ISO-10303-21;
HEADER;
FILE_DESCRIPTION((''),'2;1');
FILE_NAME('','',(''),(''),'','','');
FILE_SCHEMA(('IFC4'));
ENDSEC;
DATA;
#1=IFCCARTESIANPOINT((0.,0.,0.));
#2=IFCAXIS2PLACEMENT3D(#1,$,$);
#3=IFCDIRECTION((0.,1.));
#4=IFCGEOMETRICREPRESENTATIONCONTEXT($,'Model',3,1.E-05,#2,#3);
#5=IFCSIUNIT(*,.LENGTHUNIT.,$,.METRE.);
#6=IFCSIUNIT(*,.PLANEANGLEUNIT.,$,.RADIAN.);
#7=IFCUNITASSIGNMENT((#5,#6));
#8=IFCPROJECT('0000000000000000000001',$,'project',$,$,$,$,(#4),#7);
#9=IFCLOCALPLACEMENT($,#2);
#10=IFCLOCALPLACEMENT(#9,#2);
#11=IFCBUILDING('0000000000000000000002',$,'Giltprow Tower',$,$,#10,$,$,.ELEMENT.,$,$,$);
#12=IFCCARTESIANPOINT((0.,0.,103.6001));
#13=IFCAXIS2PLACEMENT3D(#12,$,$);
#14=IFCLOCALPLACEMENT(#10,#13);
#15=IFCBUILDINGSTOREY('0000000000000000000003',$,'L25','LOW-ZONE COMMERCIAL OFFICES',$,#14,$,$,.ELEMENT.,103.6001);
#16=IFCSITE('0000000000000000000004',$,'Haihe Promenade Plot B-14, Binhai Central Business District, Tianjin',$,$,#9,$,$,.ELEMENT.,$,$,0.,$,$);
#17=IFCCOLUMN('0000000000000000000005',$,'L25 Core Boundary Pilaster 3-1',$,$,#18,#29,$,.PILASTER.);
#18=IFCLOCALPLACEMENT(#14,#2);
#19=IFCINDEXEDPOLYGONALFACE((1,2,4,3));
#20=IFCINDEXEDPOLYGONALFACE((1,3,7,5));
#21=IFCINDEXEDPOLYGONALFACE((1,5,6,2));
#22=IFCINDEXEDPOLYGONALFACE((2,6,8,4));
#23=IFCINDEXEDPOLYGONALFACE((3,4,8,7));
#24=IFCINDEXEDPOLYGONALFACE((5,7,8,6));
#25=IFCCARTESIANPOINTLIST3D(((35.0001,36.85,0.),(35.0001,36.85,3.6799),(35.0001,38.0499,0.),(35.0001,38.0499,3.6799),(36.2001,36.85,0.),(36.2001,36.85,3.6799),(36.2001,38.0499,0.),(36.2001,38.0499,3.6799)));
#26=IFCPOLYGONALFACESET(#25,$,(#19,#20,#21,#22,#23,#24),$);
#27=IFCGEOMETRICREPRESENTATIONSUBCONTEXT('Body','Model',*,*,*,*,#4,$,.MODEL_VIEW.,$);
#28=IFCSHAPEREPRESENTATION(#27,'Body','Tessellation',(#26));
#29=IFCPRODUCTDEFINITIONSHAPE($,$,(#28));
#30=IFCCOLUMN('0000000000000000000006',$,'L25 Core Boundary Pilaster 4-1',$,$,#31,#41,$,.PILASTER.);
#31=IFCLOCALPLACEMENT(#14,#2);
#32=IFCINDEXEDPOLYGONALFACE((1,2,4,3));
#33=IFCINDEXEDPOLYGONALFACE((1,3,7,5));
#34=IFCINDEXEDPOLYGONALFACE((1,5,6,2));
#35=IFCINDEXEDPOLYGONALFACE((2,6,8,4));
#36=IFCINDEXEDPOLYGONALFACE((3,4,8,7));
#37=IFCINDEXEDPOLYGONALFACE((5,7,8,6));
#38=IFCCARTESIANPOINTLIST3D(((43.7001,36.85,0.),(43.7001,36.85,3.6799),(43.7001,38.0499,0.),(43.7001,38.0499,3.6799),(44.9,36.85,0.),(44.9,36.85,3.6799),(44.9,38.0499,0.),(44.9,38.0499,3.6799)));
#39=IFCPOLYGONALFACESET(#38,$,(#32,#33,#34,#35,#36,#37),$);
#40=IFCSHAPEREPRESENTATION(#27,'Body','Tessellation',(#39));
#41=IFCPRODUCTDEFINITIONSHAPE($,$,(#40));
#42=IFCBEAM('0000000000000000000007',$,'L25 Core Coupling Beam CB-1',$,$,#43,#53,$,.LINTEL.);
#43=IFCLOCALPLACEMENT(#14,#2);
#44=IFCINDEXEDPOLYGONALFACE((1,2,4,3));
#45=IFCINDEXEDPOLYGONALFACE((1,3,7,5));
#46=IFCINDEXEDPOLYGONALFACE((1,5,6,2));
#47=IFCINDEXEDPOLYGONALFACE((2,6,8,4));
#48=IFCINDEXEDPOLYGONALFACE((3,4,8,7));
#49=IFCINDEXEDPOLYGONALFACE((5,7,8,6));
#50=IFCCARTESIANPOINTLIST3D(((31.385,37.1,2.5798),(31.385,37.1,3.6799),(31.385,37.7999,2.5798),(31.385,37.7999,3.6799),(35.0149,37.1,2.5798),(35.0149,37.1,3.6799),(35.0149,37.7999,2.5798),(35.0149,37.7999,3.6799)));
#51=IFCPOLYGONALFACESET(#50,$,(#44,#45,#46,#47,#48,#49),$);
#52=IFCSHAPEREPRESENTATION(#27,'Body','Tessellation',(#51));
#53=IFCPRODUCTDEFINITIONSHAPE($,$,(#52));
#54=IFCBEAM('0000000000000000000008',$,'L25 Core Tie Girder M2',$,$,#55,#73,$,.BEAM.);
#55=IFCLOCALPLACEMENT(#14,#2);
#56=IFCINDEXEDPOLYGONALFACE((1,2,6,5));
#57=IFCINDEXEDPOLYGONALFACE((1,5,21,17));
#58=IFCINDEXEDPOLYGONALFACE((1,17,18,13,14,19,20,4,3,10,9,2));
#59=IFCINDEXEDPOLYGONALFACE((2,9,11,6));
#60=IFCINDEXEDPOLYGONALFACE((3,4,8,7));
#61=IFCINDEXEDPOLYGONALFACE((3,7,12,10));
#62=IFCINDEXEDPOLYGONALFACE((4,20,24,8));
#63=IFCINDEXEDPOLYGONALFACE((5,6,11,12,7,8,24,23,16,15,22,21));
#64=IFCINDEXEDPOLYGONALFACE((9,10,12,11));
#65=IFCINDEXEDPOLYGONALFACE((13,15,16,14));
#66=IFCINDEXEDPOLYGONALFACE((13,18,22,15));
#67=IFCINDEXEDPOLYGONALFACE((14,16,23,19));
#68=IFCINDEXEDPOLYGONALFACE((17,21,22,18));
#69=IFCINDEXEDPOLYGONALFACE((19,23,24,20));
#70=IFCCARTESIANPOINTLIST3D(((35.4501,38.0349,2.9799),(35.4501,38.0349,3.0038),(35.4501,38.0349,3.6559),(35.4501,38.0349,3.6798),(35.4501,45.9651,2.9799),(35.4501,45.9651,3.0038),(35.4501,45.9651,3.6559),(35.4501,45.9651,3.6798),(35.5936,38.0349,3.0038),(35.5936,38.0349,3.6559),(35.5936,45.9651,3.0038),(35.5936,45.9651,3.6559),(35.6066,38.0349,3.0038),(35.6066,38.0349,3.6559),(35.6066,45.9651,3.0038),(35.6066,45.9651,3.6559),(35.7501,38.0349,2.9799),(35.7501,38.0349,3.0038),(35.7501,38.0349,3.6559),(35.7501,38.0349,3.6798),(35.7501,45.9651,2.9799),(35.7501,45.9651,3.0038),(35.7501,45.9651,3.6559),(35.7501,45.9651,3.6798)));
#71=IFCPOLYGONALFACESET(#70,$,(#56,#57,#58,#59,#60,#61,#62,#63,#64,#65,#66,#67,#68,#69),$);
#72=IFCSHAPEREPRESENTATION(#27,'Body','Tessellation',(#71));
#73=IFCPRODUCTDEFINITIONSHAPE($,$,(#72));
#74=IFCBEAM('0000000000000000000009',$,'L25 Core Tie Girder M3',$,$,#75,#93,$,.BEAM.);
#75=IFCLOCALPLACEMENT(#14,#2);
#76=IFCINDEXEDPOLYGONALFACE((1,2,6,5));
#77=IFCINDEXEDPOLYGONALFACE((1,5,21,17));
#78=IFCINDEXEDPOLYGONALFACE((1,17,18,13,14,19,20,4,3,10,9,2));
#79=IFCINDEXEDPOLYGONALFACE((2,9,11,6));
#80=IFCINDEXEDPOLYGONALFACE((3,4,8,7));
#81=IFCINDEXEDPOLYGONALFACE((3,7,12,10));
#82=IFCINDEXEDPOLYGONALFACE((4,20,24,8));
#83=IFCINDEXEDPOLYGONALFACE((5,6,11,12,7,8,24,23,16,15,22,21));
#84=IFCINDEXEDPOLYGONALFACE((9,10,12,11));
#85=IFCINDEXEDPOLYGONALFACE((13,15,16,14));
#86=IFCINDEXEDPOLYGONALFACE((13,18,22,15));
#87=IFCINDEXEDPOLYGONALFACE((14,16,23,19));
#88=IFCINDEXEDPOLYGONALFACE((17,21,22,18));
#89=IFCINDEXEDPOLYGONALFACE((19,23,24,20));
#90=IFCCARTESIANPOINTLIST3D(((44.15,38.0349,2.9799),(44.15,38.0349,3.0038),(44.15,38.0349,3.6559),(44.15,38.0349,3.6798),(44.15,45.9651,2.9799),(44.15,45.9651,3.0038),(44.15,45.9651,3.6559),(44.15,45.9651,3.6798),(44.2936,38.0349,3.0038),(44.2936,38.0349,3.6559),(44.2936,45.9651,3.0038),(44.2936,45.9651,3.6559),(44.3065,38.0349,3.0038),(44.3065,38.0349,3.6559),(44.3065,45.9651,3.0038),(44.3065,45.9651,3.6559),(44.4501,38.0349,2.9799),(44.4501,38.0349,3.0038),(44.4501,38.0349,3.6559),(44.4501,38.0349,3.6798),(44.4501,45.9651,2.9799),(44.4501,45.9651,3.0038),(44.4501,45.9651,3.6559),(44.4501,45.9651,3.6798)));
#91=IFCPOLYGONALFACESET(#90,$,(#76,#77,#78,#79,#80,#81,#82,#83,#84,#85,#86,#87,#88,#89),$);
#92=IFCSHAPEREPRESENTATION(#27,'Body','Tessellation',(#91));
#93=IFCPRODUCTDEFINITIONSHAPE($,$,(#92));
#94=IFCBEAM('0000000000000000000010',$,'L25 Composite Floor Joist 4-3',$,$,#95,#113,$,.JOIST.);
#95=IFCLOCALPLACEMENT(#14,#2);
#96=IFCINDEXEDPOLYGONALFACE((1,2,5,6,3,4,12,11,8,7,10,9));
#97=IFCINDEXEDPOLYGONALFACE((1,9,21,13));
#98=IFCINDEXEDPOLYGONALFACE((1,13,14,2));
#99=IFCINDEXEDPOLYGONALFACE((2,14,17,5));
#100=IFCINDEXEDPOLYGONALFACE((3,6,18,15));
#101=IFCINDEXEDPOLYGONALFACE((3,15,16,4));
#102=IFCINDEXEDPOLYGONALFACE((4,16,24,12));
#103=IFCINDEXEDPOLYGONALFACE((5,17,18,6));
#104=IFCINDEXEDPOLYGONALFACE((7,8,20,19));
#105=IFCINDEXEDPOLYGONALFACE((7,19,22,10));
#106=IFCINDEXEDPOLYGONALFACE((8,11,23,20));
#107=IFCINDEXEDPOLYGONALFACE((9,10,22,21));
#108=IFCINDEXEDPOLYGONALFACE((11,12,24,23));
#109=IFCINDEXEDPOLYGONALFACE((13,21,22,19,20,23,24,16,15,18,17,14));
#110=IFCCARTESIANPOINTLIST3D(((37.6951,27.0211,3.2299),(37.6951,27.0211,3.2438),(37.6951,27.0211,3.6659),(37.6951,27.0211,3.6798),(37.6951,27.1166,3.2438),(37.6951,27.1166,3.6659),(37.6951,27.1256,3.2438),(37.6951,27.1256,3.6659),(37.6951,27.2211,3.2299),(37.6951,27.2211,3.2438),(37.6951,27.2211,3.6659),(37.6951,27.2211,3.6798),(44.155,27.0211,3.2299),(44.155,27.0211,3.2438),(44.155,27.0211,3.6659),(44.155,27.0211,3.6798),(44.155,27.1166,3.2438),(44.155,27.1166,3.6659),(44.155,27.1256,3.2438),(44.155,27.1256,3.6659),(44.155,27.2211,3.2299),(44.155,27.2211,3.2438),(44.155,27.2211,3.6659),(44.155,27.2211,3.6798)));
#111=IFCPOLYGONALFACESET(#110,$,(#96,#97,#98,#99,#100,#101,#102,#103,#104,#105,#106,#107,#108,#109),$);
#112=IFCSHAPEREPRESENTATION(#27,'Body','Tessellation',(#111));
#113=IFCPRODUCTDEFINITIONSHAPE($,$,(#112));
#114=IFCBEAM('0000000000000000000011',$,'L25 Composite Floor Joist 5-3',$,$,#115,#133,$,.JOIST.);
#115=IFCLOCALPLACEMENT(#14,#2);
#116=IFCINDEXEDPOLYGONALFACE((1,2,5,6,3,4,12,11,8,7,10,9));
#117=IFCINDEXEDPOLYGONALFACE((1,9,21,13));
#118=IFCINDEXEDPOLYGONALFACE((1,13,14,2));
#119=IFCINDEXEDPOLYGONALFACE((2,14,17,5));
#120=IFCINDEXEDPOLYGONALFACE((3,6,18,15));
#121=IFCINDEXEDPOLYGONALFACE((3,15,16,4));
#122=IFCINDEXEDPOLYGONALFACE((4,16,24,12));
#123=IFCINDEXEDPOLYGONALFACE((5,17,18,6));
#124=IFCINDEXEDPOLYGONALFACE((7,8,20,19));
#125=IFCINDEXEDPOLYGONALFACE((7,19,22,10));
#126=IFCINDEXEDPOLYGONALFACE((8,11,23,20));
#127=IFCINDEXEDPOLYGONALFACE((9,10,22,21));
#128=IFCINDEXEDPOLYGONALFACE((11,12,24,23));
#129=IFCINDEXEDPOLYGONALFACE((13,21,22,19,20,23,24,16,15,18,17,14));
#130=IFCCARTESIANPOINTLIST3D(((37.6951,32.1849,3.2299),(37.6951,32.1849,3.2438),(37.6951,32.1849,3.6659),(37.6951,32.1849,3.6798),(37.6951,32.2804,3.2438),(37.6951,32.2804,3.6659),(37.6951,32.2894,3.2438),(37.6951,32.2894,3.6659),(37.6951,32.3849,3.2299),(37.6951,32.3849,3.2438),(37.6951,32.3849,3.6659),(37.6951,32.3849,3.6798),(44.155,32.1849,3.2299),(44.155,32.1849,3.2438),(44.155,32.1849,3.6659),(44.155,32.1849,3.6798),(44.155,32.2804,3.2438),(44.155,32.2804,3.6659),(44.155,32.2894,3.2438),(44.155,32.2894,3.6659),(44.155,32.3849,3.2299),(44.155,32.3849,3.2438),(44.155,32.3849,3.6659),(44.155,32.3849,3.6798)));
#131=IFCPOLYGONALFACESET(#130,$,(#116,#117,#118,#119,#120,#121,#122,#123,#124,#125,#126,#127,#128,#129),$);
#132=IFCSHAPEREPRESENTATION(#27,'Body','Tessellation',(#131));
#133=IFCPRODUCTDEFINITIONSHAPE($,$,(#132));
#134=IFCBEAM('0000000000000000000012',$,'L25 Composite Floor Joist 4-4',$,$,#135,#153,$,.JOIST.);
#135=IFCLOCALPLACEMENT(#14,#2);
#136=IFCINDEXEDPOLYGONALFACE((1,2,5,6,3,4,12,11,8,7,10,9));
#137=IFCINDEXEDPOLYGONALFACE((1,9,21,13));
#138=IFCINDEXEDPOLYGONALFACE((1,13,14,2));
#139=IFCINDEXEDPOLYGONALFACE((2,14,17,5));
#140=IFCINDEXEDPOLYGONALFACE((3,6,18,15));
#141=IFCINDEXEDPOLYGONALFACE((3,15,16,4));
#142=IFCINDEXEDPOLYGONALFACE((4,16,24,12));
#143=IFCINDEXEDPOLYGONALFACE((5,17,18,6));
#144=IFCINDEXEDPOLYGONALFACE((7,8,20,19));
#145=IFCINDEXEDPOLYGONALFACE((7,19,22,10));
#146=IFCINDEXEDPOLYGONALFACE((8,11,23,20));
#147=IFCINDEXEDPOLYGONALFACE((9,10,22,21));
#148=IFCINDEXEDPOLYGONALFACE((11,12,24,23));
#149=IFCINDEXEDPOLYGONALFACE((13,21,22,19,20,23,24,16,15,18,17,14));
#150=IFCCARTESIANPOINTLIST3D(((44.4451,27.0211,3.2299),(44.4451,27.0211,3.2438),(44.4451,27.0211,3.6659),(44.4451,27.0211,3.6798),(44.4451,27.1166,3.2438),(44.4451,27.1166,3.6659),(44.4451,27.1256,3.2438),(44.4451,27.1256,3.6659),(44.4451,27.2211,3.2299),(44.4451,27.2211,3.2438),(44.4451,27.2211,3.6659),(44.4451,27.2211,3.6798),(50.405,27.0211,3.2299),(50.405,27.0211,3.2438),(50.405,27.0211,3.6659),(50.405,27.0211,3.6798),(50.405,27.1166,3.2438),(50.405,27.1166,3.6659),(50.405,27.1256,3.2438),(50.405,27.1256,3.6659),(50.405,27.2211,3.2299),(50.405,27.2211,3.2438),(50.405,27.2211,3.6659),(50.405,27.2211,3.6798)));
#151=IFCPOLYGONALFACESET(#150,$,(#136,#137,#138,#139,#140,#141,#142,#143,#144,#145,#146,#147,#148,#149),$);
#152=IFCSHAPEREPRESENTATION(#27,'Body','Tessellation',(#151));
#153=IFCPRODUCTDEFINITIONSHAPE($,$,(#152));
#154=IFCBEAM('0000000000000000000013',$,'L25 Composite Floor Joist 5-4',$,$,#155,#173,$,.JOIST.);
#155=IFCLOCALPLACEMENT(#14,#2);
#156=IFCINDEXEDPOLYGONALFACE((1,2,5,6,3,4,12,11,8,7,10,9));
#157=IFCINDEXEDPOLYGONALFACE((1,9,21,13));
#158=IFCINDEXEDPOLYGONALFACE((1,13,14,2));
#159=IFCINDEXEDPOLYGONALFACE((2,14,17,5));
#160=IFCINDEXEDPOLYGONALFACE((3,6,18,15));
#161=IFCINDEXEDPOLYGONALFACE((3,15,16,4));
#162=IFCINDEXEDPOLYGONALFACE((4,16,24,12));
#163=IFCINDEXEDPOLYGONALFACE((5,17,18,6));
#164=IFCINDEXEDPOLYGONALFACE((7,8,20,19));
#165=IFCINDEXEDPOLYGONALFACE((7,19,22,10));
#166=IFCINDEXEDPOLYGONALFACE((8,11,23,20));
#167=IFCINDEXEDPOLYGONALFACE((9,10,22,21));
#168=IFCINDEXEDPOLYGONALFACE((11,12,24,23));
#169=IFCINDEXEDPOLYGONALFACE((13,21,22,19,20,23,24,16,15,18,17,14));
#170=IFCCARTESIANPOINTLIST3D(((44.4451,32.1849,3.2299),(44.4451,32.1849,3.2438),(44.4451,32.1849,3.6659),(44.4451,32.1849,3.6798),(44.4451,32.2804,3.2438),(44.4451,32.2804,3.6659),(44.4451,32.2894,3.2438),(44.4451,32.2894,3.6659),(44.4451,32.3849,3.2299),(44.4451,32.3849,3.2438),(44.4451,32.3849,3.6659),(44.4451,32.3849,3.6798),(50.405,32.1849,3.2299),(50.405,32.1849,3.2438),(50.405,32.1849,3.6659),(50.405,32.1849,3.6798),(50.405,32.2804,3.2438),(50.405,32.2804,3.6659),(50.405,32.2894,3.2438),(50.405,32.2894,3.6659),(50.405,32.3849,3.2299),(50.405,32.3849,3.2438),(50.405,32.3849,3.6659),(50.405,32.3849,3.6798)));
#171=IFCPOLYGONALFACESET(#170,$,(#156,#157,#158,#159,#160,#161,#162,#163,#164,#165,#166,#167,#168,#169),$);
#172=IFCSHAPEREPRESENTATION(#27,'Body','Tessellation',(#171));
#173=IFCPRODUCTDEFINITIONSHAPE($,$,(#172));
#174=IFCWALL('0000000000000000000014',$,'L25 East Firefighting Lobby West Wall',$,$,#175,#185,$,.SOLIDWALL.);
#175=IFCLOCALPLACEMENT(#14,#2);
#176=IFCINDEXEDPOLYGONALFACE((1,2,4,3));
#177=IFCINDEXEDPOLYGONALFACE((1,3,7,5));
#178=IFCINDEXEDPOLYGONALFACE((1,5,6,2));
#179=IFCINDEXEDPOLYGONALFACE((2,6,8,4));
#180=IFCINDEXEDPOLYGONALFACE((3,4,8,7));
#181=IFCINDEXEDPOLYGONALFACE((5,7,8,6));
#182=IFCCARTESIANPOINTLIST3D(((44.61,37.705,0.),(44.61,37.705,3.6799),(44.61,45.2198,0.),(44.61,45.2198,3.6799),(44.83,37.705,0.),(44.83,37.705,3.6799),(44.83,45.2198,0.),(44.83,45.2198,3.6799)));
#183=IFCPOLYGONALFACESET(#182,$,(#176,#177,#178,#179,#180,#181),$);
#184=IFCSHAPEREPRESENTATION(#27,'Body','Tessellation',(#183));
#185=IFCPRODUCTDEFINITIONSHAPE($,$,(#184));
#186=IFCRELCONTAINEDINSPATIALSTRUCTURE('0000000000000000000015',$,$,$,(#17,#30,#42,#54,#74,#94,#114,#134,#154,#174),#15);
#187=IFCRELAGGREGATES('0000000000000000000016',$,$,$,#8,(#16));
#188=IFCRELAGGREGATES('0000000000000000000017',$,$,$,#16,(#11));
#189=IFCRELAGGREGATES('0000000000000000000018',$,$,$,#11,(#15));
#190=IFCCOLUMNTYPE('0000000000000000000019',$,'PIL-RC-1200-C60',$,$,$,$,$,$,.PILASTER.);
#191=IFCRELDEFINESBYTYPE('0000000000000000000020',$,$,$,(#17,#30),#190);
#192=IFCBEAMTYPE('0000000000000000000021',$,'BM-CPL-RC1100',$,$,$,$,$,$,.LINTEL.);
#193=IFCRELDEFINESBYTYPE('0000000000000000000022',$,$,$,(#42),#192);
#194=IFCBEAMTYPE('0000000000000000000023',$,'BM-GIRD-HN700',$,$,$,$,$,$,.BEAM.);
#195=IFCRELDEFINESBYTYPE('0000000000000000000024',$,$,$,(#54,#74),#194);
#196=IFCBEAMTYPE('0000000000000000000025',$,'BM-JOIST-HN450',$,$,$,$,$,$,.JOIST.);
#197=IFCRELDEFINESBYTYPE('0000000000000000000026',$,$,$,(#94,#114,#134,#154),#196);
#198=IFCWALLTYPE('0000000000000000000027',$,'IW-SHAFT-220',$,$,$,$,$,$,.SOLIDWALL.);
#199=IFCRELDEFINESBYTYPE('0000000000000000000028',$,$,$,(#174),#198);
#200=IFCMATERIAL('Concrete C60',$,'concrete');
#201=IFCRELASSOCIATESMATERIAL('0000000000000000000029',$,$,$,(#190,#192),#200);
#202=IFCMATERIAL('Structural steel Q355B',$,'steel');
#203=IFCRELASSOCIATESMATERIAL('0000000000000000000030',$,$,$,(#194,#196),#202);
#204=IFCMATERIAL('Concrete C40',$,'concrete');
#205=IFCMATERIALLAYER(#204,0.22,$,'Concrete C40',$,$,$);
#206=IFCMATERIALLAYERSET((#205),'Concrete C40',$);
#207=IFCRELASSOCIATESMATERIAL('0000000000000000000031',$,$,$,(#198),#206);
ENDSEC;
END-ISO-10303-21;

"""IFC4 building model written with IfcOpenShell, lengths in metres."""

from ifc_helpers import new_model, si_unit, direction, frame, frame_2d, origin, origin_2d, place, context, subcontext, project, spatial, rectangle, i_section, extrude, source, transform, mapped, material, layer, layer_set, material_profile, profile_set, type_object, element, save


model = new_model("IFC4")

# Units and contexts
model_context = context("Model", 3, precision=1e-05, world=origin(), true_north=direction((0.0, 1.0)))
body_context = subcontext(model_context, "Body", "Model", "MODEL_VIEW")
ifc_project = project(units=[si_unit("LENGTHUNIT", "METRE"), si_unit("PLANEANGLEUNIT", "RADIAN")], contexts=[model_context])

# Site, building, storey
site_placement = place(None, origin())
site = spatial("IfcSite", under=ifc_project, at=site_placement, Name="Haihe Promenade Plot B-14, Binhai Central Business District, Tianjin", CompositionType="ELEMENT", RefElevation=0.0)
building_placement = place(site_placement, origin())
building = spatial("IfcBuilding", under=site, at=building_placement, Name="Giltprow Tower", CompositionType="ELEMENT")
storey_placement = place(building_placement, frame((0.0, 0.0, 103.6001)))
storey = spatial("IfcBuildingStorey", under=building, at=storey_placement, Name="L25", Description="LOW-ZONE COMMERCIAL OFFICES", CompositionType="ELEMENT", Elevation=103.6001)

# Columns
ifc_material_1 = material(Name="Concrete C60", Category="concrete")
ifc_material_profile_1 = material_profile(ifc_material_1, rectangle(XDim=1.2, YDim=1.2, at=origin_2d()), Name="RC 1200x1200")
ifc_profile_set_1 = profile_set([ifc_material_profile_1], Name="Concrete C60")
column_type = type_object("IfcColumnType", Name="PIL-RC-1200-C60", PredefinedType="PILASTER", material=ifc_profile_set_1)
shared_shape_1 = source(origin(), body_context, "Body", "SweptSolid", [
    extrude(rectangle(XDim=1.2, YDim=1.2, at=origin_2d()), origin(), (0.0, 0.0, 1.0), 3.6799),
])
for number, where, z_axis, x_axis, name in (
    (1, (35.6001, 37.45, 0.0), (0.0, 0.0, 1.0), (1.0, 0.0, 0.0), "L25 Core Boundary Pilaster 3-1"),
    (2, (44.3, 37.45, 0.0), (0.0, 0.0, 1.0), (1.0, 0.0, 0.0), "L25 Core Boundary Pilaster 4-1"),
):
    element("IfcColumn", number, at=place(storey_placement, frame(where, z_axis=z_axis, x_axis=x_axis)), inside=storey, type_object=column_type, Name=name, PredefinedType="PILASTER", context=body_context, shape_type="MappedRepresentation", body=[
        mapped(shared_shape_1, transform((0.0, 0.0, 0.0), x_axis=(1.0, 0.0, 0.0), y_axis=(0.0, 1.0, 0.0), z_axis=(0.0, 0.0, 1.0), scale=1.0)),
    ])

# Beams
ifc_material_profile_2 = material_profile(ifc_material_1, rectangle(XDim=0.7, YDim=1.1001, at=origin_2d()), Name="RC 1100x700")
ifc_profile_set_2 = profile_set([ifc_material_profile_2], Name="Concrete C60")
beam_type_1 = type_object("IfcBeamType", Name="BM-CPL-RC1100", PredefinedType="LINTEL", material=ifc_profile_set_2)
shared_shape_2 = source(origin(), body_context, "Body", "SweptSolid", [
    extrude(rectangle(XDim=0.7, YDim=1.1001, at=origin_2d()), origin(), (0.0, 0.0, 1.0), 3.6299),
])
beam_placement = place(storey_placement, frame((31.385, 37.45, 3.1299), z_axis=(1.0, 0.0, 0.0), x_axis=(0.0, 1.0, 0.0)))
element("IfcBeam", 3, at=beam_placement, inside=storey, type_object=beam_type_1, Name="L25 Core Coupling Beam CB-1", PredefinedType="LINTEL", context=body_context, shape_type="MappedRepresentation", body=[
    mapped(shared_shape_2, transform((0.0, 0.0, 0.0), x_axis=(1.0, 0.0, 0.0), y_axis=(0.0, 1.0, 0.0), z_axis=(0.0, 0.0, 1.0), scale=1.0)),
])
ifc_material_2 = material(Name="Structural steel Q355B", Category="steel")
ifc_material_profile_3 = material_profile(ifc_material_2, i_section(OverallWidth=0.3, OverallDepth=0.7, WebThickness=0.0129, FlangeThickness=0.0239, at=origin_2d()), Name="HN 700x300x13x24")
ifc_profile_set_3 = profile_set([ifc_material_profile_3], Name="Structural steel Q355B")
beam_type_2 = type_object("IfcBeamType", Name="BM-GIRD-HN700", PredefinedType="BEAM", material=ifc_profile_set_3)
shared_shape_3 = source(origin(), body_context, "Body", "SweptSolid", [
    extrude(i_section(OverallWidth=0.3, OverallDepth=0.7, WebThickness=0.0129, FlangeThickness=0.0239, at=origin_2d()), origin(), (0.0, 0.0, 1.0), 7.9302),
])
for number, where, z_axis, x_axis, name in (
    (4, (35.6001, 38.0349, 3.3298), (0.0, 1.0, 0.0), (-1.0, 0.0, 0.0), "L25 Core Tie Girder M2"),
    (5, (44.3, 38.0349, 3.3298), (0.0, 1.0, 0.0), (-1.0, 0.0, 0.0), "L25 Core Tie Girder M3"),
):
    element("IfcBeam", number, at=place(storey_placement, frame(where, z_axis=z_axis, x_axis=x_axis)), inside=storey, type_object=beam_type_2, Name=name, PredefinedType="BEAM", context=body_context, shape_type="MappedRepresentation", body=[
        mapped(shared_shape_3, transform((0.0, 0.0, 0.0), x_axis=(1.0, 0.0, 0.0), y_axis=(0.0, 1.0, 0.0), z_axis=(0.0, 0.0, 1.0), scale=1.0)),
    ])
ifc_material_profile_4 = material_profile(ifc_material_2, i_section(OverallWidth=0.2, OverallDepth=0.45, WebThickness=0.009, FlangeThickness=0.0139, at=origin_2d()), Name="HN 450x200x9x14")
ifc_profile_set_4 = profile_set([ifc_material_profile_4], Name="Structural steel Q355B")
beam_type_3 = type_object("IfcBeamType", Name="BM-JOIST-HN450", PredefinedType="JOIST", material=ifc_profile_set_4)
shared_shape_4 = source(origin(), body_context, "Body", "SweptSolid", [
    extrude(i_section(OverallWidth=0.2, OverallDepth=0.45, WebThickness=0.009, FlangeThickness=0.0139, at=origin_2d()), origin(), (0.0, 0.0, 1.0), 6.46),
])
for number, where, z_axis, x_axis, name in (
    (6, (37.6951, 27.1211, 3.4548), (1.0, 0.0, 0.0), (0.0, 1.0, 0.0), "L25 Composite Floor Joist 4-3"),
    (7, (37.6951, 32.2849, 3.4548), (1.0, 0.0, 0.0), (0.0, 1.0, 0.0), "L25 Composite Floor Joist 5-3"),
):
    element("IfcBeam", number, at=place(storey_placement, frame(where, z_axis=z_axis, x_axis=x_axis)), inside=storey, type_object=beam_type_3, Name=name, PredefinedType="JOIST", context=body_context, shape_type="MappedRepresentation", body=[
        mapped(shared_shape_4, transform((0.0, 0.0, 0.0), x_axis=(1.0, 0.0, 0.0), y_axis=(0.0, 1.0, 0.0), z_axis=(0.0, 0.0, 1.0), scale=1.0)),
    ])
shared_shape_5 = source(origin(), body_context, "Body", "SweptSolid", [
    extrude(i_section(OverallWidth=0.2, OverallDepth=0.45, WebThickness=0.009, FlangeThickness=0.0139, at=origin_2d()), origin(), (0.0, 0.0, 1.0), 5.96),
])
for number, where, z_axis, x_axis, name in (
    (8, (44.4451, 27.1211, 3.4548), (1.0, 0.0, 0.0), (0.0, 1.0, 0.0), "L25 Composite Floor Joist 4-4"),
    (9, (44.4451, 32.2849, 3.4548), (1.0, 0.0, 0.0), (0.0, 1.0, 0.0), "L25 Composite Floor Joist 5-4"),
):
    element("IfcBeam", number, at=place(storey_placement, frame(where, z_axis=z_axis, x_axis=x_axis)), inside=storey, type_object=beam_type_3, Name=name, PredefinedType="JOIST", context=body_context, shape_type="MappedRepresentation", body=[
        mapped(shared_shape_5, transform((0.0, 0.0, 0.0), x_axis=(1.0, 0.0, 0.0), y_axis=(0.0, 1.0, 0.0), z_axis=(0.0, 0.0, 1.0), scale=1.0)),
    ])

# Wall
ifc_material_3 = material(Name="Concrete C40", Category="concrete")
ifc_layer_1 = layer(ifc_material_3, 0.22, Name="Concrete C40")
ifc_layer_set_1 = layer_set([ifc_layer_1], Name="Concrete C40")
wall_type_1 = type_object("IfcWallType", Name="IW-SHAFT-220", PredefinedType="SOLIDWALL", material=ifc_layer_set_1)
wall_1_placement = place(storey_placement, frame((44.72, 37.7051, 0.0), z_axis=(0.0, 0.0, 1.0), x_axis=(0.0, 1.0, 0.0)))
element("IfcWall", 10, at=wall_1_placement, inside=storey, type_object=wall_type_1, Name="L25 East Firefighting Lobby West Wall", PredefinedType="SOLIDWALL", context=body_context, shape_type="SweptSolid", body=[
    extrude(rectangle(XDim=7.5149, YDim=0.22, at=frame_2d((3.7573, 0.0))), origin(), (0.0, 0.0, 1.0), 3.6799),
])

save(model, "model.ifc")
